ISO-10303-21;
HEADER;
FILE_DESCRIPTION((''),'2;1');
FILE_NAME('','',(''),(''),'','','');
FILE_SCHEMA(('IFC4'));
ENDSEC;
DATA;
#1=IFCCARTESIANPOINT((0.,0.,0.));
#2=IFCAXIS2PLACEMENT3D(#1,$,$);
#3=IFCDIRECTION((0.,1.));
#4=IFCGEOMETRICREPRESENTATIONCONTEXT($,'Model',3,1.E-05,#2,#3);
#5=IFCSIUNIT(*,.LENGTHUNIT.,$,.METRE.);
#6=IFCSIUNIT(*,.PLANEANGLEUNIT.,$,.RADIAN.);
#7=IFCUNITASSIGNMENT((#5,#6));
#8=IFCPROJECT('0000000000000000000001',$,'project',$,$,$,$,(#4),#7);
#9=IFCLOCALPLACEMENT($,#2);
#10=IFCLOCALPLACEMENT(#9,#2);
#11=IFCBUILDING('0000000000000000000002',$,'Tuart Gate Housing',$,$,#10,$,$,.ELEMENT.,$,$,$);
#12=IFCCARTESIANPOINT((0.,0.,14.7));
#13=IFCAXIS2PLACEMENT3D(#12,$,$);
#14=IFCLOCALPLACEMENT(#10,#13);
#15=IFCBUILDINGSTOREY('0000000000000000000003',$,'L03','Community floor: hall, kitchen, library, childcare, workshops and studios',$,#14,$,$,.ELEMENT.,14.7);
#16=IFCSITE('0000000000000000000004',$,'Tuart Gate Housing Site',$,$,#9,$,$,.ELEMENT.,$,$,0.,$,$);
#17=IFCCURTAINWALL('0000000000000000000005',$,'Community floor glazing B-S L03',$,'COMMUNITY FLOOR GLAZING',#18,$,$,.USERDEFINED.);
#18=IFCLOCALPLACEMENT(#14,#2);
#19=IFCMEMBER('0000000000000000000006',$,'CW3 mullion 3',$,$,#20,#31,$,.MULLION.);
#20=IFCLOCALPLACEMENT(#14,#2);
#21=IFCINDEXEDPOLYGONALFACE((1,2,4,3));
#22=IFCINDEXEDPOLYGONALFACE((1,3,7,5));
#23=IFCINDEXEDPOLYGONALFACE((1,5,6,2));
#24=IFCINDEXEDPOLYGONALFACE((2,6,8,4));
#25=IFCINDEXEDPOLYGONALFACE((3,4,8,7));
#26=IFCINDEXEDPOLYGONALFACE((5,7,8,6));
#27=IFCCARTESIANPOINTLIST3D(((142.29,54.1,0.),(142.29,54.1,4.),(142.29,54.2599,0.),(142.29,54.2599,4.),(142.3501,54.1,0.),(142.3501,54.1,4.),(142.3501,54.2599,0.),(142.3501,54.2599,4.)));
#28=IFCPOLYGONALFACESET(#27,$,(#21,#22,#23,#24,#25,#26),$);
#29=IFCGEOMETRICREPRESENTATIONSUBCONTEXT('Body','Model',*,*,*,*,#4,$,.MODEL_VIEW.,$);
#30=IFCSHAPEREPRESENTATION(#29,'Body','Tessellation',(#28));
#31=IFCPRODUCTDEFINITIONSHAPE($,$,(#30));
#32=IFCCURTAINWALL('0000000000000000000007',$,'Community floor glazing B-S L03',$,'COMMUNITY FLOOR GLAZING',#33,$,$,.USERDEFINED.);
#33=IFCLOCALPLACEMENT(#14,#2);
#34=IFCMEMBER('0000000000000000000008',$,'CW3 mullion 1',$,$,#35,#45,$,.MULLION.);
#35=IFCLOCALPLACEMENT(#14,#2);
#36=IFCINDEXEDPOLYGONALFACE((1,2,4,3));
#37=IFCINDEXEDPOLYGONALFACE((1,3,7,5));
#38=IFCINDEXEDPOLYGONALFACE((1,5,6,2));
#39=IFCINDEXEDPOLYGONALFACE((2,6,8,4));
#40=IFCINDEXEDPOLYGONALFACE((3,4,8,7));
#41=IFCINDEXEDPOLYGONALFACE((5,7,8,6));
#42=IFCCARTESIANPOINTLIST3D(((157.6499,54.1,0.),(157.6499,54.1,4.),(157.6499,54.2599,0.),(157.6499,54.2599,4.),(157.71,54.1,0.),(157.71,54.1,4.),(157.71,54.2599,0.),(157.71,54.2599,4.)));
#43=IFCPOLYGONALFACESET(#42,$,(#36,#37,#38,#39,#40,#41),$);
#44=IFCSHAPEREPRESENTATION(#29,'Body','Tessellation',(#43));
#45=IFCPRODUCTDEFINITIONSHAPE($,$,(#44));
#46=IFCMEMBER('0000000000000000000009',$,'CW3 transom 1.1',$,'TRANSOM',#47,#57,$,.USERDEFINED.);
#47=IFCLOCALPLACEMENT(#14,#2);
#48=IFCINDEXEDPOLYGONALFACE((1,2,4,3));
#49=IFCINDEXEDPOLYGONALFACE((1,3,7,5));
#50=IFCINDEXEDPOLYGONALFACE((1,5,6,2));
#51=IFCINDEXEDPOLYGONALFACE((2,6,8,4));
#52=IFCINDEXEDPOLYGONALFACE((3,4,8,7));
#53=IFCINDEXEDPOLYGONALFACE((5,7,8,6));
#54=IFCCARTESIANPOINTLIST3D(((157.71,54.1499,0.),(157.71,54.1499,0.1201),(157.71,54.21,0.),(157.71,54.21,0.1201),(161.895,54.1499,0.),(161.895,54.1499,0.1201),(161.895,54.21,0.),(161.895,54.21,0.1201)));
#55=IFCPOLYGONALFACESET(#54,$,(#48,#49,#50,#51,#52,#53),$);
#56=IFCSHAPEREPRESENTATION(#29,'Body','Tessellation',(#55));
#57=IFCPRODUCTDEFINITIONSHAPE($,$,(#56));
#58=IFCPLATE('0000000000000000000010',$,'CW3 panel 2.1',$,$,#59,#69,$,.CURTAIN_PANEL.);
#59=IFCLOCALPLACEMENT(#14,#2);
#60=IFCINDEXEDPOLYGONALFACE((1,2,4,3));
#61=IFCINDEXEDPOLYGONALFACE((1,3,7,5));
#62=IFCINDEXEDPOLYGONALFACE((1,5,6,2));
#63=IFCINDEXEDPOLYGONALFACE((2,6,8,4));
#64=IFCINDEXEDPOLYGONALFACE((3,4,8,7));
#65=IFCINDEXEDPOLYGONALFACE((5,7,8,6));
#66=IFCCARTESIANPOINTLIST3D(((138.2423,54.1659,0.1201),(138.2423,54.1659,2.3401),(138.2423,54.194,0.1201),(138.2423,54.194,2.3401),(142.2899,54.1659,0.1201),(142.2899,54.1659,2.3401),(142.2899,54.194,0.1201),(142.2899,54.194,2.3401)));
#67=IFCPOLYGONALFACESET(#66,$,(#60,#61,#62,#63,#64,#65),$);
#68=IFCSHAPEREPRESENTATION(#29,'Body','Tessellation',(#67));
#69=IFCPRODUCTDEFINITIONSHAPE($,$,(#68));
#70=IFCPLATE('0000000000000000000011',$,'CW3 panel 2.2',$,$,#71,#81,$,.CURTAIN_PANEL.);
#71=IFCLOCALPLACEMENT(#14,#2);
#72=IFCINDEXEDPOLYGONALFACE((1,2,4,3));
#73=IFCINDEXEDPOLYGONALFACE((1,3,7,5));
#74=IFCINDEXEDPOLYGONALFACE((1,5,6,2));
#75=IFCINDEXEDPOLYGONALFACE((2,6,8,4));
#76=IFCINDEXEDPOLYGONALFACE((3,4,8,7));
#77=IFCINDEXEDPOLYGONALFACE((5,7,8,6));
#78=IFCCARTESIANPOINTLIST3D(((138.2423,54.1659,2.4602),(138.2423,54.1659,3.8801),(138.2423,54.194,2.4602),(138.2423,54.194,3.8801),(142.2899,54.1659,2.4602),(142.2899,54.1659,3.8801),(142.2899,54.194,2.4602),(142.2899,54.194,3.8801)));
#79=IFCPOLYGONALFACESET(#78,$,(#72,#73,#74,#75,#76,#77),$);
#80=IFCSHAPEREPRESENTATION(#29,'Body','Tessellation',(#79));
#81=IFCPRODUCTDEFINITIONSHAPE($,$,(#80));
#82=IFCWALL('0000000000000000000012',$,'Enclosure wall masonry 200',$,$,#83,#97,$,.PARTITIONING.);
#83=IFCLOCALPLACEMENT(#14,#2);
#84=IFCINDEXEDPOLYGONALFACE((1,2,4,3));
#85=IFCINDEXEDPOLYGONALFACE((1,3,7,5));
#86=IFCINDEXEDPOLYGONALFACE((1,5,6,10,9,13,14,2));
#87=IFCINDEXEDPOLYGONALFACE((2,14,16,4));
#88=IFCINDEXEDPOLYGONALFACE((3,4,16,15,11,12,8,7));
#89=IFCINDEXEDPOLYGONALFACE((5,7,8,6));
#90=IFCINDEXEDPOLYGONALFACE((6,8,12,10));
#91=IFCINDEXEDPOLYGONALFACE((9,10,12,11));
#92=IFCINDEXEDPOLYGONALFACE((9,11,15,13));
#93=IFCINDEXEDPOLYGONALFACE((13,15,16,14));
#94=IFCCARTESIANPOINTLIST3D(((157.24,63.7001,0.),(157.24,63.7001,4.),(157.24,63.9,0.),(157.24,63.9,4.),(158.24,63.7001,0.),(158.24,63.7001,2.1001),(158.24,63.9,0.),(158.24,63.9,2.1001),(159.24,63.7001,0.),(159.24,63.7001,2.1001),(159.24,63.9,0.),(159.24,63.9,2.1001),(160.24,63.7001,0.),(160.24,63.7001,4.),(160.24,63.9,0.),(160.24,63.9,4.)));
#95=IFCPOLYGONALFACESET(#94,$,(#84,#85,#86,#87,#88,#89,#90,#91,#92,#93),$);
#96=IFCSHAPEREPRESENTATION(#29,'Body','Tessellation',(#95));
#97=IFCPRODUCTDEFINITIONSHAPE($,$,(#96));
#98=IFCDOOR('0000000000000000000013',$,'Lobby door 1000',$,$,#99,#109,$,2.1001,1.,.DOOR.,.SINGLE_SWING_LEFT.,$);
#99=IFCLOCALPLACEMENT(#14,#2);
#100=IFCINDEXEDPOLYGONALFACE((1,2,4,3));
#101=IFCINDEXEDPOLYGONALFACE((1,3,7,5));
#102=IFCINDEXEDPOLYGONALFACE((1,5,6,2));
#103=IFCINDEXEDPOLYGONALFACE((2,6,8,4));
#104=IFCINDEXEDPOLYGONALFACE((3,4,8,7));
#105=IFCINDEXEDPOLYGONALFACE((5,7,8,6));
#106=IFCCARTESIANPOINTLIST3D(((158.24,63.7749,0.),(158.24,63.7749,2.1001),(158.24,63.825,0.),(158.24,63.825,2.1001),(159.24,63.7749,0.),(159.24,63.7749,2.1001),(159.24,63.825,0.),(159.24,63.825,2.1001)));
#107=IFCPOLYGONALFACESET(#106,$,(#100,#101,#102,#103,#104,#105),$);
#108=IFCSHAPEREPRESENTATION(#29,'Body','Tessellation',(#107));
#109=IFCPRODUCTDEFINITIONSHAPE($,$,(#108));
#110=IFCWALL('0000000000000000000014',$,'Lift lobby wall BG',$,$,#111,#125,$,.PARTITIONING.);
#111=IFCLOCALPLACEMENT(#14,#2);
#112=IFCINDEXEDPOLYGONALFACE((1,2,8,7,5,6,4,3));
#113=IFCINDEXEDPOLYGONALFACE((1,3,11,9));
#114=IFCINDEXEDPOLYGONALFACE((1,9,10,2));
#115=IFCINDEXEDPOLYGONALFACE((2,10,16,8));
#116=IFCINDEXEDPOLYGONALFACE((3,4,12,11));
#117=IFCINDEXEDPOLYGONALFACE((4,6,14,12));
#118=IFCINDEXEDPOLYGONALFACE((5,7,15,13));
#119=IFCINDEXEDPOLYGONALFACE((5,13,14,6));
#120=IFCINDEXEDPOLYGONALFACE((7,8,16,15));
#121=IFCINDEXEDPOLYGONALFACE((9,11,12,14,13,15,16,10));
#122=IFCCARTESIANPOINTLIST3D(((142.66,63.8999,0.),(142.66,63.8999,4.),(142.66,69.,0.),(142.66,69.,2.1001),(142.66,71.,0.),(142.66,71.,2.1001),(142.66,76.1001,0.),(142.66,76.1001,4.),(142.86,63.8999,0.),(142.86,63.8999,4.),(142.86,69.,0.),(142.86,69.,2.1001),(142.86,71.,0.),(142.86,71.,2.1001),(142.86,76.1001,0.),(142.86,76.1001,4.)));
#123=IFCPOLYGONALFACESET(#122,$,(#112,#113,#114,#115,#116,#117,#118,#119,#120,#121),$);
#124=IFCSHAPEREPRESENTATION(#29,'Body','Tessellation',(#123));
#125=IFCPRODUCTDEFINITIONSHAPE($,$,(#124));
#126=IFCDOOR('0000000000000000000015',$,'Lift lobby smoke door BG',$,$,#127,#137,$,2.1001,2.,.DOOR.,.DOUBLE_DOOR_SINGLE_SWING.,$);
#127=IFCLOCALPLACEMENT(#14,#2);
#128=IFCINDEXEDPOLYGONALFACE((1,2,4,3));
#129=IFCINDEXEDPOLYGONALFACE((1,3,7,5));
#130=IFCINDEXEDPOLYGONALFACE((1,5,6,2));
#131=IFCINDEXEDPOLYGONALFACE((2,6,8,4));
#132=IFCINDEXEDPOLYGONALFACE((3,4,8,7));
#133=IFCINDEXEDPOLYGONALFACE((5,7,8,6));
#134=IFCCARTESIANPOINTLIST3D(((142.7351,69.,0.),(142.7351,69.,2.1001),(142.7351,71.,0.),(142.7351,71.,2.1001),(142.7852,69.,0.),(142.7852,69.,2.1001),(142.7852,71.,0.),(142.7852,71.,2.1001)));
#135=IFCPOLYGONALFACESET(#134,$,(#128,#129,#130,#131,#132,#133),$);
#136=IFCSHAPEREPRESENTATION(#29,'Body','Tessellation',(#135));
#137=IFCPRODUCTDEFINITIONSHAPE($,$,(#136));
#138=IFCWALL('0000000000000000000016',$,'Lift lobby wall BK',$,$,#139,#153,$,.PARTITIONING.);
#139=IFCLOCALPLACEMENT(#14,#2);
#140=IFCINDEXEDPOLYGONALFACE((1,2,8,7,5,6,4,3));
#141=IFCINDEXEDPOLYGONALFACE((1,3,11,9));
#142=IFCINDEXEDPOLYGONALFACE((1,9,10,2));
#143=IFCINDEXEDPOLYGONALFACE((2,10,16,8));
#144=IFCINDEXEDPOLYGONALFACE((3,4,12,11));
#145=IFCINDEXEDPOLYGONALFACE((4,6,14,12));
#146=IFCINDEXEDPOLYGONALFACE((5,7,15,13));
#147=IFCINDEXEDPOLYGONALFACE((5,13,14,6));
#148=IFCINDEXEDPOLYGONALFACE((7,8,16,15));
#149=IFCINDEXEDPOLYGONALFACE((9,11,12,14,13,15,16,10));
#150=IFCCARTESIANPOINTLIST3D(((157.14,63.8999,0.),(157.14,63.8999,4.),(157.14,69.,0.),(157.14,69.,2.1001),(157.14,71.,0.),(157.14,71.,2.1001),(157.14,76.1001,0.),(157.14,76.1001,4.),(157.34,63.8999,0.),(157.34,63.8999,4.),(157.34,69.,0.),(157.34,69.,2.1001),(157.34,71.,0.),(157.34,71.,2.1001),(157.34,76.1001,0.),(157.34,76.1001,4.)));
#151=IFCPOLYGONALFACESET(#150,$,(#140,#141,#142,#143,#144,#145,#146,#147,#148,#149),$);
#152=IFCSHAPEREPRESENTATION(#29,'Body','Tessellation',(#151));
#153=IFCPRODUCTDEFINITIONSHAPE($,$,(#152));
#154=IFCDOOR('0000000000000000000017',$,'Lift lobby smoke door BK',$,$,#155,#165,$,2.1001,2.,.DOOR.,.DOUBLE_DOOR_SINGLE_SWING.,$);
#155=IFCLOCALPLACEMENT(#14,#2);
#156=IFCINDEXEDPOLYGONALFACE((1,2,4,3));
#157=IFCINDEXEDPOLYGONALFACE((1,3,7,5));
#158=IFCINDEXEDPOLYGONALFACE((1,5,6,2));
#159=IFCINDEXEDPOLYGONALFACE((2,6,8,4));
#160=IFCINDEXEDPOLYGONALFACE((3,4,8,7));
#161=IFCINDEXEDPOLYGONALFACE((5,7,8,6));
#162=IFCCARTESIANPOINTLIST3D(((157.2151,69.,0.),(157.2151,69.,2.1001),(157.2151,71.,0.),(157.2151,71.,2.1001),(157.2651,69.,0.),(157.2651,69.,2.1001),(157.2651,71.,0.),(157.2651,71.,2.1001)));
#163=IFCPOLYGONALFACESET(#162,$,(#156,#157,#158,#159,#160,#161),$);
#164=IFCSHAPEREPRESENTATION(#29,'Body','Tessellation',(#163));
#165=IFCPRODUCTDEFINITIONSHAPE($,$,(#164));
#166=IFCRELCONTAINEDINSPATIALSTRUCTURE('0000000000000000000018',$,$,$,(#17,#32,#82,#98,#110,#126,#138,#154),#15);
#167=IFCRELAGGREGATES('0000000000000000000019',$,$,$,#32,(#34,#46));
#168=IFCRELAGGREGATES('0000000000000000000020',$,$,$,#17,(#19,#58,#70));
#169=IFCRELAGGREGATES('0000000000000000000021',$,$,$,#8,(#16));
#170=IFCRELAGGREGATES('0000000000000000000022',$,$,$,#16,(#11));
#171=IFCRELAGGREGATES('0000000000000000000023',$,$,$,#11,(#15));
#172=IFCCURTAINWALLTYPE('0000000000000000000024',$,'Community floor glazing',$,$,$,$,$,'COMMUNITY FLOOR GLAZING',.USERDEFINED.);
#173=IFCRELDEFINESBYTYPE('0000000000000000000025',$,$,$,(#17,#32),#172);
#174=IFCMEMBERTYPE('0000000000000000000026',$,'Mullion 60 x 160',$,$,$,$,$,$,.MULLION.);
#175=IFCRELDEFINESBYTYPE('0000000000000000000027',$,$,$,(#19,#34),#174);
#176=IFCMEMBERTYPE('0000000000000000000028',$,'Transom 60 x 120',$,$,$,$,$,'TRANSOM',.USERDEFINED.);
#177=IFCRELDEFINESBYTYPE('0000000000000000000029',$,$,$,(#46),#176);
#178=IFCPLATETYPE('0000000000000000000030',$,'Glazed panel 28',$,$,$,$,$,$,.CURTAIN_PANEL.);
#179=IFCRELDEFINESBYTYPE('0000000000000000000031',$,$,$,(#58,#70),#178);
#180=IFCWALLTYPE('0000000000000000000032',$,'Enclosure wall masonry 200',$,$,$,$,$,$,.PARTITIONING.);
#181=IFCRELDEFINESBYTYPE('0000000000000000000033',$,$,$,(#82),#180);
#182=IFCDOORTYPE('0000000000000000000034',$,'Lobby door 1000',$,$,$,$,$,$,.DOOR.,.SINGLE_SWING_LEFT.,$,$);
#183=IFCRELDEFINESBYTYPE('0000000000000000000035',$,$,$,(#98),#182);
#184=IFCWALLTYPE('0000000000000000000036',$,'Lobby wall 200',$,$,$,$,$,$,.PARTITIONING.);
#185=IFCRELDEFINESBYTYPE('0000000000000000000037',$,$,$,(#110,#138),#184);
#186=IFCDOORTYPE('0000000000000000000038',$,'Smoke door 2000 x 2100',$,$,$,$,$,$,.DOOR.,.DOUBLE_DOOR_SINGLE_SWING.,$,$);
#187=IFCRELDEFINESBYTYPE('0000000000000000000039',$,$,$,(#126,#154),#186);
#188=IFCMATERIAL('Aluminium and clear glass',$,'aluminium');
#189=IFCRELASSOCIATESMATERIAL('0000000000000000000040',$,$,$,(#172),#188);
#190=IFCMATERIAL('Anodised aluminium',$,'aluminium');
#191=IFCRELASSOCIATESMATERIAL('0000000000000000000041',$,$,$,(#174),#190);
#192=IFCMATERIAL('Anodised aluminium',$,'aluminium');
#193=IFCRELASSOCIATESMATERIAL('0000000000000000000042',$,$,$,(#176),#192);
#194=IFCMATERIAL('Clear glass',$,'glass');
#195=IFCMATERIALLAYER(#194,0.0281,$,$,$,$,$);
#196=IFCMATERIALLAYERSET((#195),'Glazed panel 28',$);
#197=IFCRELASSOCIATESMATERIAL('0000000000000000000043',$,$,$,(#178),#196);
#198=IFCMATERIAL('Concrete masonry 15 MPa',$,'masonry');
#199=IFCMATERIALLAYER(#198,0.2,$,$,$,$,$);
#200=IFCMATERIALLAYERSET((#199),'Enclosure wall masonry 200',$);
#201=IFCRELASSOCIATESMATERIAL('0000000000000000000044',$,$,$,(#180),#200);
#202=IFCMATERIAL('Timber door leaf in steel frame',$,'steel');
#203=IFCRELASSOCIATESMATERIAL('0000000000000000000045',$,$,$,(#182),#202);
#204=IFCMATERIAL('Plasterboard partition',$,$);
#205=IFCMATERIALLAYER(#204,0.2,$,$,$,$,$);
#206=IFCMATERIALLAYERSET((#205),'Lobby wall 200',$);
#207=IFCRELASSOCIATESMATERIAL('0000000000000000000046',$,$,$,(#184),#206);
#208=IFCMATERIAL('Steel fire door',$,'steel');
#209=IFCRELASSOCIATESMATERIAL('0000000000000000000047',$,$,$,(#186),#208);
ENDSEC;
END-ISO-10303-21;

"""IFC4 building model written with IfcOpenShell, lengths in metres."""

from ifc_helpers import new_model, si_unit, direction, frame, frame_2d, origin, origin_2d, place, context, subcontext, project, spatial, rectangle, extrude, material, layer, layer_set, material_profile, profile_set, type_object, element, fill, aggregate, save


model = new_model("IFC4")

# Units and contexts
model_context = context("Model", 3, precision=1e-05, world=origin(), true_north=direction((0.0, 1.0)))
body_context = subcontext(model_context, "Body", "Model", "MODEL_VIEW")
ifc_project = project(units=[si_unit("LENGTHUNIT", "METRE"), si_unit("PLANEANGLEUNIT", "RADIAN")], contexts=[model_context])

# Site, building, storey
site_placement = place(None, origin())
site = spatial("IfcSite", under=ifc_project, at=site_placement, Name="Tuart Gate Housing Site", CompositionType="ELEMENT", RefElevation=0.0)
building_placement = place(site_placement, origin())
building = spatial("IfcBuilding", under=site, at=building_placement, Name="Tuart Gate Housing", CompositionType="ELEMENT")
storey_placement = place(building_placement, frame((0.0, 0.0, 14.7)))
storey = spatial("IfcBuildingStorey", under=building, at=storey_placement, Name="L03", Description="Community floor: hall, kitchen, library, childcare, workshops and studios", CompositionType="ELEMENT", Elevation=14.7)

# Curtain wall, member
ifc_material_1 = material(Name="Aluminium and clear glass", Category="aluminium")
curtain_wall_type = type_object("IfcCurtainWallType", Name="Community floor glazing", ElementType="COMMUNITY FLOOR GLAZING", PredefinedType="USERDEFINED", material=ifc_material_1)
curtain_wall_1_placement = place(storey_placement, origin())
curtain_wall_1 = element("IfcCurtainWall", 1, at=curtain_wall_1_placement, inside=storey, type_object=curtain_wall_type, Name="Community floor glazing B-S L03", ObjectType="COMMUNITY FLOOR GLAZING", PredefinedType="USERDEFINED")
ifc_material_2 = material(Name="Anodised aluminium", Category="aluminium")
ifc_material_profile_1 = material_profile(ifc_material_2, rectangle(XDim=0.0601, YDim=0.1599, at=origin_2d()), Name="60x160")
ifc_profile_set_1 = profile_set([ifc_material_profile_1], Name="Anodised aluminium")
member_type_1 = type_object("IfcMemberType", Name="Mullion 60 x 160", PredefinedType="MULLION", material=ifc_profile_set_1)
member_1_placement = place(storey_placement, frame((142.3201, 54.1799, 0.0), z_axis=(0.0, 0.0, 1.0), x_axis=(1.0, 0.0, 0.0)))
member_1 = element("IfcMember", 2, at=member_1_placement, type_object=member_type_1, Name="CW3 mullion 3", PredefinedType="MULLION", context=body_context, shape_type="SweptSolid", body=[
    extrude(rectangle(XDim=0.0601, YDim=0.1599, at=origin_2d()), origin(), (0.0, 0.0, 1.0), 4.0),
])

# Curtain wall, members
curtain_wall_2_placement = place(storey_placement, origin())
curtain_wall_2 = element("IfcCurtainWall", 3, at=curtain_wall_2_placement, inside=storey, type_object=curtain_wall_type, Name="Community floor glazing B-S L03", ObjectType="COMMUNITY FLOOR GLAZING", PredefinedType="USERDEFINED")
member_2_placement = place(storey_placement, frame((157.6799, 54.1799, 0.0), z_axis=(0.0, 0.0, 1.0), x_axis=(1.0, 0.0, 0.0)))
member_2 = element("IfcMember", 4, at=member_2_placement, type_object=member_type_1, Name="CW3 mullion 1", PredefinedType="MULLION", context=body_context, shape_type="SweptSolid", body=[
    extrude(rectangle(XDim=0.0601, YDim=0.1599, at=origin_2d()), origin(), (0.0, 0.0, 1.0), 4.0),
])
ifc_material_3 = material(Name="Anodised aluminium", Category="aluminium")
ifc_material_profile_2 = material_profile(ifc_material_3, rectangle(XDim=0.0601, YDim=0.1201, at=origin_2d()), Name="60x120")
ifc_profile_set_2 = profile_set([ifc_material_profile_2], Name="Anodised aluminium")
member_type_2 = type_object("IfcMemberType", Name="Transom 60 x 120", ElementType="TRANSOM", PredefinedType="USERDEFINED", material=ifc_profile_set_2)
member_3_placement = place(storey_placement, frame((157.71, 54.1799, 0.0601), z_axis=(1.0, 0.0, 0.0), x_axis=(0.0, 1.0, 0.0)))
member_3 = element("IfcMember", 5, at=member_3_placement, type_object=member_type_2, Name="CW3 transom 1.1", ObjectType="TRANSOM", PredefinedType="USERDEFINED", context=body_context, shape_type="SweptSolid", body=[
    extrude(rectangle(XDim=0.0601, YDim=0.1201, at=origin_2d()), origin(), (0.0, 0.0, 1.0), 4.1851),
])
aggregate(curtain_wall_2, [member_2, member_3])

# Plates
ifc_material_4 = material(Name="Clear glass", Category="glass")
ifc_layer_1 = layer(ifc_material_4, 0.0281)
ifc_layer_set_1 = layer_set([ifc_layer_1], Name="Glazed panel 28")
plate_type = type_object("IfcPlateType", Name="Glazed panel 28", PredefinedType="CURTAIN_PANEL", material=ifc_layer_set_1)
plate_1_placement = place(storey_placement, frame((140.2661, 54.1799, 0.1201), z_axis=(0.0, 0.0, 1.0), x_axis=(1.0, 0.0, 0.0)))
plate_1 = element("IfcPlate", 6, at=plate_1_placement, type_object=plate_type, Name="CW3 panel 2.1", PredefinedType="CURTAIN_PANEL", context=body_context, shape_type="SweptSolid", body=[
    extrude(rectangle(XDim=4.0476, YDim=0.0281, at=origin_2d()), origin(), (0.0, 0.0, 1.0), 2.22),
])
plate_2_placement = place(storey_placement, frame((140.2661, 54.1799, 2.4602), z_axis=(0.0, 0.0, 1.0), x_axis=(1.0, 0.0, 0.0)))
plate_2 = element("IfcPlate", 7, at=plate_2_placement, type_object=plate_type, Name="CW3 panel 2.2", PredefinedType="CURTAIN_PANEL", context=body_context, shape_type="SweptSolid", body=[
    extrude(rectangle(XDim=4.0476, YDim=0.0281, at=origin_2d()), origin(), (0.0, 0.0, 1.0), 1.4199),
])
aggregate(curtain_wall_1, [member_1, plate_1, plate_2])

# Walls, openings, doors
ifc_material_5 = material(Name="Concrete masonry 15 MPa", Category="masonry")
ifc_layer_2 = layer(ifc_material_5, 0.2)
ifc_layer_set_2 = layer_set([ifc_layer_2], Name="Enclosure wall masonry 200")
wall_type_1 = type_object("IfcWallType", Name="Enclosure wall masonry 200", PredefinedType="PARTITIONING", material=ifc_layer_set_2)
wall_1_placement = place(storey_placement, frame((157.24, 63.8, 0.0), z_axis=(0.0, 0.0, 1.0), x_axis=(1.0, 0.0, 0.0)))
wall_1 = element("IfcWall", 8, at=wall_1_placement, inside=storey, type_object=wall_type_1, Name="Enclosure wall masonry 200", PredefinedType="PARTITIONING", context=body_context, shape_type="SweptSolid", body=[
    extrude(rectangle(XDim=3.0, YDim=0.2, at=frame_2d((1.5, 0.0))), origin(), (0.0, 0.0, 1.0), 4.0),
])
opening_1_placement = place(wall_1_placement, frame((1.0, 0.0, 0.0)))
opening_1 = element("IfcOpeningElement", 9, at=opening_1_placement, cuts=wall_1, PredefinedType="OPENING", context=body_context, shape_type="SweptSolid", body=[
    extrude(rectangle(XDim=1.0, YDim=2.1001, at=frame_2d((0.5, 1.05))), frame((0.0, 0.1099, 0.0), z_axis=(0.0, -1.0, 0.0), x_axis=(1.0, 0.0, 0.0)), (0.0, 0.0, 1.0), 0.22),
])
ifc_material_6 = material(Name="Timber door leaf in steel frame", Category="steel")
door_type_1 = type_object("IfcDoorType", Name="Lobby door 1000", OperationType="SINGLE_SWING_LEFT", PredefinedType="DOOR", material=ifc_material_6)
door_1_placement = place(opening_1_placement, origin())
door_1 = element("IfcDoor", 10, at=door_1_placement, inside=storey, type_object=door_type_1, Name="Lobby door 1000", OperationType="SINGLE_SWING_LEFT", OverallHeight=2.1001, OverallWidth=1.0, PredefinedType="DOOR", context=body_context, shape_type="SweptSolid", body=[
    extrude(rectangle(XDim=1.0, YDim=2.1001, at=frame_2d((0.5, 1.05))), frame((0.0, 0.0249, 0.0), z_axis=(0.0, -1.0, 0.0), x_axis=(1.0, 0.0, 0.0)), (0.0, 0.0, 1.0), 0.05),
])
fill(opening_1, door_1)
ifc_material_7 = material(Name="Plasterboard partition")
ifc_layer_3 = layer(ifc_material_7, 0.2)
ifc_layer_set_3 = layer_set([ifc_layer_3], Name="Lobby wall 200")
wall_type_2 = type_object("IfcWallType", Name="Lobby wall 200", PredefinedType="PARTITIONING", material=ifc_layer_set_3)
wall_2_placement = place(storey_placement, frame((142.76, 63.8999, 0.0), z_axis=(0.0, 0.0, 1.0), x_axis=(0.0, 1.0, 0.0)))
wall_2 = element("IfcWall", 11, at=wall_2_placement, inside=storey, type_object=wall_type_2, Name="Lift lobby wall BG", PredefinedType="PARTITIONING", context=body_context, shape_type="SweptSolid", body=[
    extrude(rectangle(XDim=12.2002, YDim=0.2, at=frame_2d((6.1001, 0.0))), origin(), (0.0, 0.0, 1.0), 4.0),
])
opening_2_placement = place(wall_2_placement, frame((5.1001, 0.0, 0.0)))
opening_2 = element("IfcOpeningElement", 12, at=opening_2_placement, cuts=wall_2, PredefinedType="OPENING", context=body_context, shape_type="SweptSolid", body=[
    extrude(rectangle(XDim=2.0, YDim=2.1001, at=frame_2d((1.0, 1.05))), frame((0.0, 0.1099, 0.0), z_axis=(0.0, -1.0, 0.0), x_axis=(1.0, 0.0, 0.0)), (0.0, 0.0, 1.0), 0.22),
])
ifc_material_8 = material(Name="Steel fire door", Category="steel")
door_type_2 = type_object("IfcDoorType", Name="Smoke door 2000 x 2100", OperationType="DOUBLE_DOOR_SINGLE_SWING", PredefinedType="DOOR", material=ifc_material_8)
door_2_placement = place(opening_2_placement, origin())
door_2 = element("IfcDoor", 13, at=door_2_placement, inside=storey, type_object=door_type_2, Name="Lift lobby smoke door BG", OperationType="DOUBLE_DOOR_SINGLE_SWING", OverallHeight=2.1001, OverallWidth=2.0, PredefinedType="DOOR", context=body_context, shape_type="SweptSolid", body=[
    extrude(rectangle(XDim=2.0, YDim=2.1001, at=frame_2d((1.0, 1.05))), frame((0.0, 0.0249, 0.0), z_axis=(0.0, -1.0, 0.0), x_axis=(1.0, 0.0, 0.0)), (0.0, 0.0, 1.0), 0.05),
])
fill(opening_2, door_2)
wall_3_placement = place(storey_placement, frame((157.24, 63.8999, 0.0), z_axis=(0.0, 0.0, 1.0), x_axis=(0.0, 1.0, 0.0)))
wall_3 = element("IfcWall", 14, at=wall_3_placement, inside=storey, type_object=wall_type_2, Name="Lift lobby wall BK", PredefinedType="PARTITIONING", context=body_context, shape_type="SweptSolid", body=[
    extrude(rectangle(XDim=12.2002, YDim=0.2, at=frame_2d((6.1001, 0.0))), origin(), (0.0, 0.0, 1.0), 4.0),
])
opening_3_placement = place(wall_3_placement, frame((5.1001, 0.0, 0.0)))
opening_3 = element("IfcOpeningElement", 15, at=opening_3_placement, cuts=wall_3, PredefinedType="OPENING", context=body_context, shape_type="SweptSolid", body=[
    extrude(rectangle(XDim=2.0, YDim=2.1001, at=frame_2d((1.0, 1.05))), frame((0.0, 0.1099, 0.0), z_axis=(0.0, -1.0, 0.0), x_axis=(1.0, 0.0, 0.0)), (0.0, 0.0, 1.0), 0.22),
])
door_3_placement = place(opening_3_placement, frame((2.0, 0.0, 0.0), z_axis=(0.0, 0.0, 1.0), x_axis=(-1.0, 0.0, 0.0)))
door_3 = element("IfcDoor", 16, at=door_3_placement, inside=storey, type_object=door_type_2, Name="Lift lobby smoke door BK", OperationType="DOUBLE_DOOR_SINGLE_SWING", OverallHeight=2.1001, OverallWidth=2.0, PredefinedType="DOOR", context=body_context, shape_type="SweptSolid", body=[
    extrude(rectangle(XDim=2.0, YDim=2.1001, at=frame_2d((1.0, 1.05))), frame((0.0, 0.0251, 0.0), z_axis=(0.0, -1.0, 0.0), x_axis=(1.0, 0.0, 0.0)), (0.0, 0.0, 1.0), 0.05),
])
fill(opening_3, door_3)

save(model, "model.ifc")
